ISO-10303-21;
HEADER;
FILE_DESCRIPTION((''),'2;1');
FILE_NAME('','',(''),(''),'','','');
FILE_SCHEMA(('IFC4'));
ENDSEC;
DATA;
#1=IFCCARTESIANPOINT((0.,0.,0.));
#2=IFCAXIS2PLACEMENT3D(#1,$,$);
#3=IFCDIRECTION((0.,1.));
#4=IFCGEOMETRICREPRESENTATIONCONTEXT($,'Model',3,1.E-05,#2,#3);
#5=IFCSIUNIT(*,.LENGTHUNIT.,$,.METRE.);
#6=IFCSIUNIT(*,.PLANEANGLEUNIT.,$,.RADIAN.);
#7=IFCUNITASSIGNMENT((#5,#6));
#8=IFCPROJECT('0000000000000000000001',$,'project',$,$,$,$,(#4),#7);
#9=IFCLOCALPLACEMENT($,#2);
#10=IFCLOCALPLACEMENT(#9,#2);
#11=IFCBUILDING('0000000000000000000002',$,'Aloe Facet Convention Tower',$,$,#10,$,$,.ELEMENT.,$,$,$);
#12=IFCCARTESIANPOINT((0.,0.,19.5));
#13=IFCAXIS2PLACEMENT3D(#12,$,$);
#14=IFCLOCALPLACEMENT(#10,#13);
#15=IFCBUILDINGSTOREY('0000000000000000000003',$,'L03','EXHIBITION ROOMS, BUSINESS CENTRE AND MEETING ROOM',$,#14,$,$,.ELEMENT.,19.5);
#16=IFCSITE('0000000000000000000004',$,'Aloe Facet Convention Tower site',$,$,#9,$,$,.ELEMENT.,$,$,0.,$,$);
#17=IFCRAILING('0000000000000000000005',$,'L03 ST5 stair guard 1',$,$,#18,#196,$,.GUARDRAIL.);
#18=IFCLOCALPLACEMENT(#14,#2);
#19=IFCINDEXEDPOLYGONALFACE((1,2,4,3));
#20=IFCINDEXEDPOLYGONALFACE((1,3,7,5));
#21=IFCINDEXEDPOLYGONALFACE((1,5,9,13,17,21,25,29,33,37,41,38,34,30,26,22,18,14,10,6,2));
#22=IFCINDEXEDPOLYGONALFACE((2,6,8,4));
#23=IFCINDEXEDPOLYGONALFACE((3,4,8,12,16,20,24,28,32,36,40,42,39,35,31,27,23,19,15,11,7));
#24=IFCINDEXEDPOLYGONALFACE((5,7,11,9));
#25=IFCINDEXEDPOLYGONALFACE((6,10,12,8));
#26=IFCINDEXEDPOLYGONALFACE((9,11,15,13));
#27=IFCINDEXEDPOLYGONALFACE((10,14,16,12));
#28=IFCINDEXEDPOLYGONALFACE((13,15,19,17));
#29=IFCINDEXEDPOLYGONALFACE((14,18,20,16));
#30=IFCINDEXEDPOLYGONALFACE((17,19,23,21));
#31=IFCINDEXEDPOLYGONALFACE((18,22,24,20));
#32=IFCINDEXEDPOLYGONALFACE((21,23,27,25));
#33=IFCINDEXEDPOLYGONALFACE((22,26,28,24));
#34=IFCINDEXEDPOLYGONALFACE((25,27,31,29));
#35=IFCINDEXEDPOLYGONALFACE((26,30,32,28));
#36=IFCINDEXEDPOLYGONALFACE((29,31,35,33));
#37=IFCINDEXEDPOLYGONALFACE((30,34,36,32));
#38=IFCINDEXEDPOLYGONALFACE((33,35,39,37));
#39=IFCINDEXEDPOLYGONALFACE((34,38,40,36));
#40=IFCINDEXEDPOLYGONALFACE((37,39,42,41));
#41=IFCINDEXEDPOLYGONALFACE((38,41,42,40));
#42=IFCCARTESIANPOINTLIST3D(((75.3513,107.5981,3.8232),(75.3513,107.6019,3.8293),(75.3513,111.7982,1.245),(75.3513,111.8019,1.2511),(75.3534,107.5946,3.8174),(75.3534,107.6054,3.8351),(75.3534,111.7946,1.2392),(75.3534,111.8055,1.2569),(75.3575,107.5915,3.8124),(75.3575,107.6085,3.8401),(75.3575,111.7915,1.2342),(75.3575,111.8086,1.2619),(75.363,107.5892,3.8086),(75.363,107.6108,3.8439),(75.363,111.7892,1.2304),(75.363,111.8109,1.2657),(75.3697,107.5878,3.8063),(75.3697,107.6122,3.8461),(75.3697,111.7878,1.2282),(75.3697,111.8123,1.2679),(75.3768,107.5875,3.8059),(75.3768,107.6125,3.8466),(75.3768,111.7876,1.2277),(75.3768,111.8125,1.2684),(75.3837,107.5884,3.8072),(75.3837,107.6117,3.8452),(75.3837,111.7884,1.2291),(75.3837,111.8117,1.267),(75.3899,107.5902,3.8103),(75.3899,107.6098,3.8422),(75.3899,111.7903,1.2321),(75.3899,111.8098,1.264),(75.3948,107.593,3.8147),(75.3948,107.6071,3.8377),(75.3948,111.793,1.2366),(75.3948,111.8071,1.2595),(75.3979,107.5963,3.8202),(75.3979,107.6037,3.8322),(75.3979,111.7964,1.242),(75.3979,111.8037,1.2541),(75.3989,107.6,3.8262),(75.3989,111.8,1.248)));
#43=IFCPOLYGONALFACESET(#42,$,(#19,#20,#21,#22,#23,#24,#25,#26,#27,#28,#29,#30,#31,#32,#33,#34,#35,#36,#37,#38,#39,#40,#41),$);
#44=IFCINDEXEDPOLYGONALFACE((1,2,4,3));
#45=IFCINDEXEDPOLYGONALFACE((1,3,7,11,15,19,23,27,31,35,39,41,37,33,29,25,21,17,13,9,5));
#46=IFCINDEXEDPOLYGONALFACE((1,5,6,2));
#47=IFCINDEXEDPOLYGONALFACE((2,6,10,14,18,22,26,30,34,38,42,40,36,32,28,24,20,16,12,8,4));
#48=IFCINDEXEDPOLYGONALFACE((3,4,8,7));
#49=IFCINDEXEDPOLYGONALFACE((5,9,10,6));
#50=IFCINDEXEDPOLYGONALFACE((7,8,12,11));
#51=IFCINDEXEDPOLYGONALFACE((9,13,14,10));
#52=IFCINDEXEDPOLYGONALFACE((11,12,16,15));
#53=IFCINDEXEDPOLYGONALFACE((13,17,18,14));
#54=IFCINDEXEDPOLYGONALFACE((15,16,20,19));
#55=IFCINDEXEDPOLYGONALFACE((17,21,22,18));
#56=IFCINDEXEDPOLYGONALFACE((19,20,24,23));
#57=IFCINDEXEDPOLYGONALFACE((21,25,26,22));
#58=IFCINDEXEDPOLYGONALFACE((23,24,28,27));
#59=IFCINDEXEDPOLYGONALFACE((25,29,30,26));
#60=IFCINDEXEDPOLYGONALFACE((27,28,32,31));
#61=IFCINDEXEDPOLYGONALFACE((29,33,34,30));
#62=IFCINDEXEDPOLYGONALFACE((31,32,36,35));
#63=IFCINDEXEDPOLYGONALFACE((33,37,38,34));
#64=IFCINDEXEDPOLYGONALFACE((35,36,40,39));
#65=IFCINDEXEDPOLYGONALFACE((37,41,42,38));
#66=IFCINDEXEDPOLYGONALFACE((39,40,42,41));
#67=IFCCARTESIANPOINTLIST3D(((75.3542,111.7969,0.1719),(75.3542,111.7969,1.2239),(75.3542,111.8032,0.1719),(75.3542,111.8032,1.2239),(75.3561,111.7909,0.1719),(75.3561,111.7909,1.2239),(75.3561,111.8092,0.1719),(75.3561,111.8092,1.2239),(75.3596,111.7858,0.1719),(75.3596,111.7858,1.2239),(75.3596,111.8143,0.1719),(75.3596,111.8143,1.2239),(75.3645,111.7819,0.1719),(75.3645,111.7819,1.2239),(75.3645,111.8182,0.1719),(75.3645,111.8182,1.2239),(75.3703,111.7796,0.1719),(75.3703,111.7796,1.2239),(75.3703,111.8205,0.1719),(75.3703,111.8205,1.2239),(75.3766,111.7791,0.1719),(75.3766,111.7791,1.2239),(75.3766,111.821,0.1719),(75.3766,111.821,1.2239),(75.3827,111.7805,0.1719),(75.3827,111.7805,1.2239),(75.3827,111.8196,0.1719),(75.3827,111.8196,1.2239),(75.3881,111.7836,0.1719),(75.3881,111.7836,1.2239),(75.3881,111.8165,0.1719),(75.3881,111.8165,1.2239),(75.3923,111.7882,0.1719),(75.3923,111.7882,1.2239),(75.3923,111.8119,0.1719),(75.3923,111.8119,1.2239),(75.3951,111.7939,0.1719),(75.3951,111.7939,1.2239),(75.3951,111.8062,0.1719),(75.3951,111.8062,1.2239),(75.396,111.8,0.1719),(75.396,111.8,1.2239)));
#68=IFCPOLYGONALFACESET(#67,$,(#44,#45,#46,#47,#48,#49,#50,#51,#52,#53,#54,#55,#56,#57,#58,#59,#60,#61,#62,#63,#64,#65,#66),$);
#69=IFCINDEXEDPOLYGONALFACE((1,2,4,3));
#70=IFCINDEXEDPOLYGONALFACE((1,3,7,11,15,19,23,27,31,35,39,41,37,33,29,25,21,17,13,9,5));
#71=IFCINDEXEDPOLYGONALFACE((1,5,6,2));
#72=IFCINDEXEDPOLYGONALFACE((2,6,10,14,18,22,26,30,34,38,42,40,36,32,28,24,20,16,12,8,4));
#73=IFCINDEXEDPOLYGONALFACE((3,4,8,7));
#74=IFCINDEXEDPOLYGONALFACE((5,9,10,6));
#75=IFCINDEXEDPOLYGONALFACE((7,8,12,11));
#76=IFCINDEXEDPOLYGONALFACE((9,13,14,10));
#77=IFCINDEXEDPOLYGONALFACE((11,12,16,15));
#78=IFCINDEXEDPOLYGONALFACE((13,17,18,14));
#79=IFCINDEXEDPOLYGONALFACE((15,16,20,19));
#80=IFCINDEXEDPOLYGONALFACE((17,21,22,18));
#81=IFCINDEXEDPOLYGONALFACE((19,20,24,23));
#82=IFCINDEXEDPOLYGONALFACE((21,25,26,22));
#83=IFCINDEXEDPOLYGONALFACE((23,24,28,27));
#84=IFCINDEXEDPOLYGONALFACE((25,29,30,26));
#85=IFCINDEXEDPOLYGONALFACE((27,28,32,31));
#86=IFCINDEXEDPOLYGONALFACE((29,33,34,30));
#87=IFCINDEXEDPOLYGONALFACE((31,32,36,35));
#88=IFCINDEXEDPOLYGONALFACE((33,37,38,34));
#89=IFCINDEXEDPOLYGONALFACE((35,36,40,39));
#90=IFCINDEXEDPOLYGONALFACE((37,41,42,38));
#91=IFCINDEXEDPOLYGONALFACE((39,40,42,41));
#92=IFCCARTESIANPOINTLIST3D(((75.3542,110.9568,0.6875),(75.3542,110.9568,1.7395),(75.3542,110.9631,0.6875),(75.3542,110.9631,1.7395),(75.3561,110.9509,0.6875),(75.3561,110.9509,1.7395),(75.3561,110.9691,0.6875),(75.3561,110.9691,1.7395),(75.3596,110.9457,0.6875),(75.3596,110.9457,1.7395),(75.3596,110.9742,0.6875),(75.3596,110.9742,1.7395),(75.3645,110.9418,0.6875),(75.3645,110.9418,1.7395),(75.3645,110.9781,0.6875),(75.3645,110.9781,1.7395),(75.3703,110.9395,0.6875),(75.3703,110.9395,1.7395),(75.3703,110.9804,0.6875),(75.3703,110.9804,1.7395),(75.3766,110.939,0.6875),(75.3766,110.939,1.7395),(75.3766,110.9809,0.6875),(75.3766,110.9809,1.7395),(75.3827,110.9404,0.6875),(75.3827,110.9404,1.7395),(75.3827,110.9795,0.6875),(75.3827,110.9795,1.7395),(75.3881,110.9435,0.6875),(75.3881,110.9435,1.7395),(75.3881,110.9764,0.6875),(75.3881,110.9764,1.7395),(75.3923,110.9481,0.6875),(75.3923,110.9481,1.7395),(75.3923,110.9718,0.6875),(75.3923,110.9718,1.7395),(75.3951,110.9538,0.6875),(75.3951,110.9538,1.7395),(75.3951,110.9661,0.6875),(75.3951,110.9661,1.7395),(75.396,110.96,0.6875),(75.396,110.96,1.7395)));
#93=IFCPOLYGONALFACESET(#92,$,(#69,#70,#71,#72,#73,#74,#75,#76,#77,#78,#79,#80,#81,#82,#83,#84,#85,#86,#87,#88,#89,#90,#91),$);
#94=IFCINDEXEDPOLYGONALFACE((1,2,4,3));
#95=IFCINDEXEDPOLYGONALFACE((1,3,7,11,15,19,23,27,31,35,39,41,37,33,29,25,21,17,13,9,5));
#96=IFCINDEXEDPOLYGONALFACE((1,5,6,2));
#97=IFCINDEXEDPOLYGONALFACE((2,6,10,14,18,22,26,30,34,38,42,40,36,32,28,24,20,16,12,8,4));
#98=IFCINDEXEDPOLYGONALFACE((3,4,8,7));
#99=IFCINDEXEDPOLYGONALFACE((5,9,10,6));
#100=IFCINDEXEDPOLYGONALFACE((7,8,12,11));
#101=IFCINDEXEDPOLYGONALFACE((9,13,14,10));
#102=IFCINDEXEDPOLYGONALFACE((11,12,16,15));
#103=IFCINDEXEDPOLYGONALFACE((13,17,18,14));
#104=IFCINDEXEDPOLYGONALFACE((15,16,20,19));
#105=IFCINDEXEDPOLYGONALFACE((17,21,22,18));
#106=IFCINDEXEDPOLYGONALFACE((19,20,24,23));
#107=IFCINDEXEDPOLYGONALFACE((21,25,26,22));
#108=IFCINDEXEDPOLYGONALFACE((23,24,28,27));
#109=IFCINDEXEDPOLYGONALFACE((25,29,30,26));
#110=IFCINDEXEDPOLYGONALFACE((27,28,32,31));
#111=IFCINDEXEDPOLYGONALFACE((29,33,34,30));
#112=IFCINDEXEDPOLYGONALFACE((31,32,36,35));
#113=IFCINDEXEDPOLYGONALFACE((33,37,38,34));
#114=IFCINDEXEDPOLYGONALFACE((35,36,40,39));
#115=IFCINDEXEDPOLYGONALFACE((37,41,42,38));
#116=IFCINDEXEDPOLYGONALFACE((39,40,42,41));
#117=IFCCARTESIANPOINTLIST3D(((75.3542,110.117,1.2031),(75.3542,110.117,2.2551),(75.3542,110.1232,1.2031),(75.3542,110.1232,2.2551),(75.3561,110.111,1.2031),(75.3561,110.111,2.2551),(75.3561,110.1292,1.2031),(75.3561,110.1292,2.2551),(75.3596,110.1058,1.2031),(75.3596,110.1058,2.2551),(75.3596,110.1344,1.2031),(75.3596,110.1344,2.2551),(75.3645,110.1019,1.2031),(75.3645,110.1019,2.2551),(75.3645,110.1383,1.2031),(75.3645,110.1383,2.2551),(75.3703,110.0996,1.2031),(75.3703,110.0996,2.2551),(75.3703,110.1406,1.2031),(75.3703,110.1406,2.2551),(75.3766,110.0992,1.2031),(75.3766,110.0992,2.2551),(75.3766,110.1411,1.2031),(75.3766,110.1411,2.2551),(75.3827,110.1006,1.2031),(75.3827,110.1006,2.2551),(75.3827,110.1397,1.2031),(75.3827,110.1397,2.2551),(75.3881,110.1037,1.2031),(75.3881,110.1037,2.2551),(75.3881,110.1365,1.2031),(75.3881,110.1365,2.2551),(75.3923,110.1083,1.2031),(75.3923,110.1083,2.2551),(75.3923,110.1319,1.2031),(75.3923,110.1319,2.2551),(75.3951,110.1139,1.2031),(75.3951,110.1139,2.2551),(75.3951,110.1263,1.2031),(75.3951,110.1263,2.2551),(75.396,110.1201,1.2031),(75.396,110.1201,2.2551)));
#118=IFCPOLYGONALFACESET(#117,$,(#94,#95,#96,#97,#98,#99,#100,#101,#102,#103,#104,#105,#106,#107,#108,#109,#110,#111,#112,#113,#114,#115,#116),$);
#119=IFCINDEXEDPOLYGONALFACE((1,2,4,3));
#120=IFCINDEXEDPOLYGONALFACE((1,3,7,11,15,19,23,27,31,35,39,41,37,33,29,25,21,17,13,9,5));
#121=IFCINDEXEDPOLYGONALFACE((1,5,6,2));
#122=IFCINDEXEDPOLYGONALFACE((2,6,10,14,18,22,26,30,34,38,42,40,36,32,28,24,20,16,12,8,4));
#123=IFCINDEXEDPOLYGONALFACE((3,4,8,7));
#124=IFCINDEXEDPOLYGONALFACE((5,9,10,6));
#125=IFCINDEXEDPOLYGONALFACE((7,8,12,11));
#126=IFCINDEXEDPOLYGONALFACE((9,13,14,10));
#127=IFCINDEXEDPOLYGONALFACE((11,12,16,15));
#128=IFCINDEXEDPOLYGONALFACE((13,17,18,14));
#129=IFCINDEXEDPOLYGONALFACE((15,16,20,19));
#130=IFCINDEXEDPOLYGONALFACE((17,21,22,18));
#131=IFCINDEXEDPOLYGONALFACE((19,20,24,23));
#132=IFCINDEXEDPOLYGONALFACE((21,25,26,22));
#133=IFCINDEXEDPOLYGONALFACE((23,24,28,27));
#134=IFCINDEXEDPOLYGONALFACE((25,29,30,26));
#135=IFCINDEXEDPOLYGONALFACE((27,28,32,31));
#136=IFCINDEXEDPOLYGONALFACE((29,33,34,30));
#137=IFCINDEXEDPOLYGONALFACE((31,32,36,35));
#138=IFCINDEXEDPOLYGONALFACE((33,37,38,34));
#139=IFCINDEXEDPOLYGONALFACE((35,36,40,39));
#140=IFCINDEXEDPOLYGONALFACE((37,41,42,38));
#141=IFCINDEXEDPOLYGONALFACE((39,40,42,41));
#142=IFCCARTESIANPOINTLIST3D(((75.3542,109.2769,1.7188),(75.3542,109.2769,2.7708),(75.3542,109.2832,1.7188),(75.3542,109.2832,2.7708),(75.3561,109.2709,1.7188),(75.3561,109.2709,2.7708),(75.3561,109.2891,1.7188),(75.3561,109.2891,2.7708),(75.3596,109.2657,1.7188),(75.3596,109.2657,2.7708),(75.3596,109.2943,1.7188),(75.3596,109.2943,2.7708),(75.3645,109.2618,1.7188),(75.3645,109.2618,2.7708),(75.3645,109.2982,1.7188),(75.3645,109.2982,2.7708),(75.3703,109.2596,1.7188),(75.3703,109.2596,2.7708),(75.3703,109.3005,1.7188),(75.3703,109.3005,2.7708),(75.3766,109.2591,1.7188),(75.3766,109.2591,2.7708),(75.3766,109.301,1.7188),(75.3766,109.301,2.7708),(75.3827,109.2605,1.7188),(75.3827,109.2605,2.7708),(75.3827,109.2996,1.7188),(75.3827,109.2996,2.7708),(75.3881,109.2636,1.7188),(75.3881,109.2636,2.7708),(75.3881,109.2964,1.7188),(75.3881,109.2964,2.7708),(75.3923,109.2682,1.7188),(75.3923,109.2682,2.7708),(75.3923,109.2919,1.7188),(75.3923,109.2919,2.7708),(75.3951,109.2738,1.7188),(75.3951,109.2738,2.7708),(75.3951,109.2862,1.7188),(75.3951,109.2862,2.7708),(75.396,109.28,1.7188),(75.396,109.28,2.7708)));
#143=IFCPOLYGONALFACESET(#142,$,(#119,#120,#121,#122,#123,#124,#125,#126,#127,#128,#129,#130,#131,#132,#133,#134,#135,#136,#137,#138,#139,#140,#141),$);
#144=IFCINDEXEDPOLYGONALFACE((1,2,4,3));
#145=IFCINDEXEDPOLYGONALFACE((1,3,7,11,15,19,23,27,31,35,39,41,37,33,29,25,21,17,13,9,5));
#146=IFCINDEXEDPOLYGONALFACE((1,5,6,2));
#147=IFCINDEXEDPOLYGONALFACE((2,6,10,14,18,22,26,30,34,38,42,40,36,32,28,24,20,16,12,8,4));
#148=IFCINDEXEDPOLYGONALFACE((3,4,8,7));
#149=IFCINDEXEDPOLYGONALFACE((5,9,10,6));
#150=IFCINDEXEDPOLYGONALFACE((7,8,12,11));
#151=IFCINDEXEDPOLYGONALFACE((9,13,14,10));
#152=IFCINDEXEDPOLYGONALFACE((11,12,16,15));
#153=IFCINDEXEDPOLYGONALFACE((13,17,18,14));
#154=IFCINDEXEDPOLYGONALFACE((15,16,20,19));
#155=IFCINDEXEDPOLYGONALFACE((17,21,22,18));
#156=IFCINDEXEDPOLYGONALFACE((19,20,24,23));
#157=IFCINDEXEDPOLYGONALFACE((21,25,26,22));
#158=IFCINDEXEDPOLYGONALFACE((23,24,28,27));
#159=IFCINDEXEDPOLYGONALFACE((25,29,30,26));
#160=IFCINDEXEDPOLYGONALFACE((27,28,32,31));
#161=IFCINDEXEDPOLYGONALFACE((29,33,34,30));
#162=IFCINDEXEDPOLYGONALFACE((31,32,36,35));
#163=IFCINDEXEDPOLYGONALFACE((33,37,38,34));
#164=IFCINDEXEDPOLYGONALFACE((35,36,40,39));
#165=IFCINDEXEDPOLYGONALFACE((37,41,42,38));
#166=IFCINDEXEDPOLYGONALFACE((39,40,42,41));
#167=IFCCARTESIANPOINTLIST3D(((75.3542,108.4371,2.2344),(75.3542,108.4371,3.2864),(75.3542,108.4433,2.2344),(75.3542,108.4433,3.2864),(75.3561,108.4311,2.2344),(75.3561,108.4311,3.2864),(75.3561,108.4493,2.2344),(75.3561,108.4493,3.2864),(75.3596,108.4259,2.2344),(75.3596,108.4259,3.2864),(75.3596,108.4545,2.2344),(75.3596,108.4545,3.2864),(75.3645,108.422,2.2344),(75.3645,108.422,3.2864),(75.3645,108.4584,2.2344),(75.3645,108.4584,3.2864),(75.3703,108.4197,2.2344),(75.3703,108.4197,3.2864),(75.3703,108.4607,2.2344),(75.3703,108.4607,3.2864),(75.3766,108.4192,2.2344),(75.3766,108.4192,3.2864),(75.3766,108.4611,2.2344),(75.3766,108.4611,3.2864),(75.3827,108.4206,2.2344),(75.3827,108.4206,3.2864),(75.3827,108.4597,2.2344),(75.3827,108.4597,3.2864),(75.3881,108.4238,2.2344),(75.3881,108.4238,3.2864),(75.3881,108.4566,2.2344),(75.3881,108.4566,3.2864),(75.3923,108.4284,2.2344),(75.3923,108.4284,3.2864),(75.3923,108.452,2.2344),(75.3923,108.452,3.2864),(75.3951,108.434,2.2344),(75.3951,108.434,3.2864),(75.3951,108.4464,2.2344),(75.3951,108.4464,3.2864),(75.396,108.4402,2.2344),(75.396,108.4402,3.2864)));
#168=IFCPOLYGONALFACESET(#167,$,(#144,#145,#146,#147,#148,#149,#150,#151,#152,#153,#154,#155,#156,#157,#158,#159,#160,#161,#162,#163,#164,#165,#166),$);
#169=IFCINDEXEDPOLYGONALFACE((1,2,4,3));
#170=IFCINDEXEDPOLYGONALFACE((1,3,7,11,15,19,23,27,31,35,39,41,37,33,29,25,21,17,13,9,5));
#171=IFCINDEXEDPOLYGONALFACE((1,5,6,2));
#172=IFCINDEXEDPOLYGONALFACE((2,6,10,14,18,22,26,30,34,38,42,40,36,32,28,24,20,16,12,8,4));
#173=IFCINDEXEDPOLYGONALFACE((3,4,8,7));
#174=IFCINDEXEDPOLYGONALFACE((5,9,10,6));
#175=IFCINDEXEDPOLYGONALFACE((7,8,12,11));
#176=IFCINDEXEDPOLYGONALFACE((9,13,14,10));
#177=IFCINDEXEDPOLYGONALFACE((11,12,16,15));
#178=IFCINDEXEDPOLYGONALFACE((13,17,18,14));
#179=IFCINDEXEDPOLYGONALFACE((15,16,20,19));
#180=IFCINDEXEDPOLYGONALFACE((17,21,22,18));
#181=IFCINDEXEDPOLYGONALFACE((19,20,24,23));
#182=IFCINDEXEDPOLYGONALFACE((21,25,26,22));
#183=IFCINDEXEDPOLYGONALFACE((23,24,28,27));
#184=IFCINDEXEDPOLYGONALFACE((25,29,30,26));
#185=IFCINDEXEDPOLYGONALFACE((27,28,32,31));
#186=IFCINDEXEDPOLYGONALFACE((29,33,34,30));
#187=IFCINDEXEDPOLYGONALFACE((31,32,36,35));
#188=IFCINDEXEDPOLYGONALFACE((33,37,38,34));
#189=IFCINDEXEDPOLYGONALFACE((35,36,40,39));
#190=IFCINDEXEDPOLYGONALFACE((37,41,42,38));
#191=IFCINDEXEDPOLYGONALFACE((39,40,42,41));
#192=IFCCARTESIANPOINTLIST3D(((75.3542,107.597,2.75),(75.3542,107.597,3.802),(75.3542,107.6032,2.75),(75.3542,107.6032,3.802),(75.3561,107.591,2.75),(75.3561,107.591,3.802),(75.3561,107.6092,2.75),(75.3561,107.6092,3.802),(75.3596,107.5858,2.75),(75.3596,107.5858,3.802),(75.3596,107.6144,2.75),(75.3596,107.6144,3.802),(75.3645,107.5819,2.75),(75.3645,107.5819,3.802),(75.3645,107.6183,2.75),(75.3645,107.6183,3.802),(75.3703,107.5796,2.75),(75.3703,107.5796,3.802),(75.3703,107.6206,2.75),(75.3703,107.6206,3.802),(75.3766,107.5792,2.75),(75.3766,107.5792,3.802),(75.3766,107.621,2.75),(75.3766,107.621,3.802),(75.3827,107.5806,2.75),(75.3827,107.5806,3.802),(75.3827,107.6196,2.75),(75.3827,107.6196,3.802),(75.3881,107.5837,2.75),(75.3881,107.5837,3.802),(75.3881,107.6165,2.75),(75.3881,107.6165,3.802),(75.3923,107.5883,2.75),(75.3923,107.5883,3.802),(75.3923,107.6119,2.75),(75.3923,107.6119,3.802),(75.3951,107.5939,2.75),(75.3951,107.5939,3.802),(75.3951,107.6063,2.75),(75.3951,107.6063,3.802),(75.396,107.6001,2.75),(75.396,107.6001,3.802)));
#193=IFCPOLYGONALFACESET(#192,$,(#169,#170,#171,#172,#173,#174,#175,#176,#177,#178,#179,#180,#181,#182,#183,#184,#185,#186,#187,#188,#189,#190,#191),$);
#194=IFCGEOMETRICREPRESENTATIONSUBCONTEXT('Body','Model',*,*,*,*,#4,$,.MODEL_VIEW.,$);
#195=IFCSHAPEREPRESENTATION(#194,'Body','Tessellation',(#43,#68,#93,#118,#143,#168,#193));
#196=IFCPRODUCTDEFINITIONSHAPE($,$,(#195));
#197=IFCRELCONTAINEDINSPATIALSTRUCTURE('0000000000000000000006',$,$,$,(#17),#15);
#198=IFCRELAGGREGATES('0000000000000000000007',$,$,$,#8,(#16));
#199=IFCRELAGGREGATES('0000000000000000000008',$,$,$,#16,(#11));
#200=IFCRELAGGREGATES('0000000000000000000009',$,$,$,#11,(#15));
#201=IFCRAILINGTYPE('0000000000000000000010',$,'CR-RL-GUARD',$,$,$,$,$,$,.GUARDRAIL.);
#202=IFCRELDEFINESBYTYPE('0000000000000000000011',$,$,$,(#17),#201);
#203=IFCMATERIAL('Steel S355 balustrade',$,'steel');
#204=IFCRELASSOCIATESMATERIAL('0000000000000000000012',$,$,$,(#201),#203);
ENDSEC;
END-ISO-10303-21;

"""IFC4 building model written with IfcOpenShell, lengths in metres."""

from ifc_helpers import new_model, si_unit, direction, frame, origin, origin_2d, place, context, subcontext, project, spatial, circle, extrude, material, type_object, element, save


model = new_model("IFC4")

# Units and contexts
model_context = context("Model", 3, precision=1e-05, world=origin(), true_north=direction((0.0, 1.0)))
body_context = subcontext(model_context, "Body", "Model", "MODEL_VIEW")
ifc_project = project(units=[si_unit("LENGTHUNIT", "METRE"), si_unit("PLANEANGLEUNIT", "RADIAN")], contexts=[model_context])

# Site, building, storey
site_placement = place(None, origin())
site = spatial("IfcSite", under=ifc_project, at=site_placement, Name="Aloe Facet Convention Tower site", CompositionType="ELEMENT", RefElevation=0.0)
building_placement = place(site_placement, origin())
building = spatial("IfcBuilding", under=site, at=building_placement, Name="Aloe Facet Convention Tower", CompositionType="ELEMENT")
storey_placement = place(building_placement, frame((0.0, 0.0, 19.5)))
storey = spatial("IfcBuildingStorey", under=building, at=storey_placement, Name="L03", Description="EXHIBITION ROOMS, BUSINESS CENTRE AND MEETING ROOM", CompositionType="ELEMENT", Elevation=19.5)

# Railing
ifc_material_1 = material(Name="Steel S355 balustrade", Category="steel")
railing_type_1 = type_object("IfcRailingType", Name="CR-RL-GUARD", PredefinedType="GUARDRAIL", material=ifc_material_1)
railing_1_placement = place(storey_placement, frame((75.375, 111.8, 0.1719)))
element("IfcRailing", 1, at=railing_1_placement, inside=storey, type_object=railing_type_1, Name="L03 ST5 stair guard 1", PredefinedType="GUARDRAIL", context=body_context, shape_type="SweptSolid", body=[
    extrude(circle(Radius=0.0239, at=origin_2d()), frame((0.0, 0.0, 1.0762), z_axis=(0.0, -0.852243, 0.523146), x_axis=(1.0, 0.0, 0.0)), (0.0, 0.0, 1.0), 4.9282),
    extrude(circle(Radius=0.021, at=origin_2d()), origin(), (0.0, 0.0, 1.0), 1.052),
    extrude(circle(Radius=0.021, at=origin_2d()), frame((0.0, -0.8401, 0.5156)), (0.0, 0.0, 1.0), 1.052),
    extrude(circle(Radius=0.021, at=origin_2d()), frame((0.0, -1.6799, 1.0312)), (0.0, 0.0, 1.0), 1.052),
    extrude(circle(Radius=0.021, at=origin_2d()), frame((0.0, -2.52, 1.5469)), (0.0, 0.0, 1.0), 1.052),
    extrude(circle(Radius=0.021, at=origin_2d()), frame((0.0, -3.3599, 2.0625)), (0.0, 0.0, 1.0), 1.052),
    extrude(circle(Radius=0.021, at=origin_2d()), frame((0.0, -4.2, 2.5781)), (0.0, 0.0, 1.0), 1.052),
])

save(model, "model.ifc")
